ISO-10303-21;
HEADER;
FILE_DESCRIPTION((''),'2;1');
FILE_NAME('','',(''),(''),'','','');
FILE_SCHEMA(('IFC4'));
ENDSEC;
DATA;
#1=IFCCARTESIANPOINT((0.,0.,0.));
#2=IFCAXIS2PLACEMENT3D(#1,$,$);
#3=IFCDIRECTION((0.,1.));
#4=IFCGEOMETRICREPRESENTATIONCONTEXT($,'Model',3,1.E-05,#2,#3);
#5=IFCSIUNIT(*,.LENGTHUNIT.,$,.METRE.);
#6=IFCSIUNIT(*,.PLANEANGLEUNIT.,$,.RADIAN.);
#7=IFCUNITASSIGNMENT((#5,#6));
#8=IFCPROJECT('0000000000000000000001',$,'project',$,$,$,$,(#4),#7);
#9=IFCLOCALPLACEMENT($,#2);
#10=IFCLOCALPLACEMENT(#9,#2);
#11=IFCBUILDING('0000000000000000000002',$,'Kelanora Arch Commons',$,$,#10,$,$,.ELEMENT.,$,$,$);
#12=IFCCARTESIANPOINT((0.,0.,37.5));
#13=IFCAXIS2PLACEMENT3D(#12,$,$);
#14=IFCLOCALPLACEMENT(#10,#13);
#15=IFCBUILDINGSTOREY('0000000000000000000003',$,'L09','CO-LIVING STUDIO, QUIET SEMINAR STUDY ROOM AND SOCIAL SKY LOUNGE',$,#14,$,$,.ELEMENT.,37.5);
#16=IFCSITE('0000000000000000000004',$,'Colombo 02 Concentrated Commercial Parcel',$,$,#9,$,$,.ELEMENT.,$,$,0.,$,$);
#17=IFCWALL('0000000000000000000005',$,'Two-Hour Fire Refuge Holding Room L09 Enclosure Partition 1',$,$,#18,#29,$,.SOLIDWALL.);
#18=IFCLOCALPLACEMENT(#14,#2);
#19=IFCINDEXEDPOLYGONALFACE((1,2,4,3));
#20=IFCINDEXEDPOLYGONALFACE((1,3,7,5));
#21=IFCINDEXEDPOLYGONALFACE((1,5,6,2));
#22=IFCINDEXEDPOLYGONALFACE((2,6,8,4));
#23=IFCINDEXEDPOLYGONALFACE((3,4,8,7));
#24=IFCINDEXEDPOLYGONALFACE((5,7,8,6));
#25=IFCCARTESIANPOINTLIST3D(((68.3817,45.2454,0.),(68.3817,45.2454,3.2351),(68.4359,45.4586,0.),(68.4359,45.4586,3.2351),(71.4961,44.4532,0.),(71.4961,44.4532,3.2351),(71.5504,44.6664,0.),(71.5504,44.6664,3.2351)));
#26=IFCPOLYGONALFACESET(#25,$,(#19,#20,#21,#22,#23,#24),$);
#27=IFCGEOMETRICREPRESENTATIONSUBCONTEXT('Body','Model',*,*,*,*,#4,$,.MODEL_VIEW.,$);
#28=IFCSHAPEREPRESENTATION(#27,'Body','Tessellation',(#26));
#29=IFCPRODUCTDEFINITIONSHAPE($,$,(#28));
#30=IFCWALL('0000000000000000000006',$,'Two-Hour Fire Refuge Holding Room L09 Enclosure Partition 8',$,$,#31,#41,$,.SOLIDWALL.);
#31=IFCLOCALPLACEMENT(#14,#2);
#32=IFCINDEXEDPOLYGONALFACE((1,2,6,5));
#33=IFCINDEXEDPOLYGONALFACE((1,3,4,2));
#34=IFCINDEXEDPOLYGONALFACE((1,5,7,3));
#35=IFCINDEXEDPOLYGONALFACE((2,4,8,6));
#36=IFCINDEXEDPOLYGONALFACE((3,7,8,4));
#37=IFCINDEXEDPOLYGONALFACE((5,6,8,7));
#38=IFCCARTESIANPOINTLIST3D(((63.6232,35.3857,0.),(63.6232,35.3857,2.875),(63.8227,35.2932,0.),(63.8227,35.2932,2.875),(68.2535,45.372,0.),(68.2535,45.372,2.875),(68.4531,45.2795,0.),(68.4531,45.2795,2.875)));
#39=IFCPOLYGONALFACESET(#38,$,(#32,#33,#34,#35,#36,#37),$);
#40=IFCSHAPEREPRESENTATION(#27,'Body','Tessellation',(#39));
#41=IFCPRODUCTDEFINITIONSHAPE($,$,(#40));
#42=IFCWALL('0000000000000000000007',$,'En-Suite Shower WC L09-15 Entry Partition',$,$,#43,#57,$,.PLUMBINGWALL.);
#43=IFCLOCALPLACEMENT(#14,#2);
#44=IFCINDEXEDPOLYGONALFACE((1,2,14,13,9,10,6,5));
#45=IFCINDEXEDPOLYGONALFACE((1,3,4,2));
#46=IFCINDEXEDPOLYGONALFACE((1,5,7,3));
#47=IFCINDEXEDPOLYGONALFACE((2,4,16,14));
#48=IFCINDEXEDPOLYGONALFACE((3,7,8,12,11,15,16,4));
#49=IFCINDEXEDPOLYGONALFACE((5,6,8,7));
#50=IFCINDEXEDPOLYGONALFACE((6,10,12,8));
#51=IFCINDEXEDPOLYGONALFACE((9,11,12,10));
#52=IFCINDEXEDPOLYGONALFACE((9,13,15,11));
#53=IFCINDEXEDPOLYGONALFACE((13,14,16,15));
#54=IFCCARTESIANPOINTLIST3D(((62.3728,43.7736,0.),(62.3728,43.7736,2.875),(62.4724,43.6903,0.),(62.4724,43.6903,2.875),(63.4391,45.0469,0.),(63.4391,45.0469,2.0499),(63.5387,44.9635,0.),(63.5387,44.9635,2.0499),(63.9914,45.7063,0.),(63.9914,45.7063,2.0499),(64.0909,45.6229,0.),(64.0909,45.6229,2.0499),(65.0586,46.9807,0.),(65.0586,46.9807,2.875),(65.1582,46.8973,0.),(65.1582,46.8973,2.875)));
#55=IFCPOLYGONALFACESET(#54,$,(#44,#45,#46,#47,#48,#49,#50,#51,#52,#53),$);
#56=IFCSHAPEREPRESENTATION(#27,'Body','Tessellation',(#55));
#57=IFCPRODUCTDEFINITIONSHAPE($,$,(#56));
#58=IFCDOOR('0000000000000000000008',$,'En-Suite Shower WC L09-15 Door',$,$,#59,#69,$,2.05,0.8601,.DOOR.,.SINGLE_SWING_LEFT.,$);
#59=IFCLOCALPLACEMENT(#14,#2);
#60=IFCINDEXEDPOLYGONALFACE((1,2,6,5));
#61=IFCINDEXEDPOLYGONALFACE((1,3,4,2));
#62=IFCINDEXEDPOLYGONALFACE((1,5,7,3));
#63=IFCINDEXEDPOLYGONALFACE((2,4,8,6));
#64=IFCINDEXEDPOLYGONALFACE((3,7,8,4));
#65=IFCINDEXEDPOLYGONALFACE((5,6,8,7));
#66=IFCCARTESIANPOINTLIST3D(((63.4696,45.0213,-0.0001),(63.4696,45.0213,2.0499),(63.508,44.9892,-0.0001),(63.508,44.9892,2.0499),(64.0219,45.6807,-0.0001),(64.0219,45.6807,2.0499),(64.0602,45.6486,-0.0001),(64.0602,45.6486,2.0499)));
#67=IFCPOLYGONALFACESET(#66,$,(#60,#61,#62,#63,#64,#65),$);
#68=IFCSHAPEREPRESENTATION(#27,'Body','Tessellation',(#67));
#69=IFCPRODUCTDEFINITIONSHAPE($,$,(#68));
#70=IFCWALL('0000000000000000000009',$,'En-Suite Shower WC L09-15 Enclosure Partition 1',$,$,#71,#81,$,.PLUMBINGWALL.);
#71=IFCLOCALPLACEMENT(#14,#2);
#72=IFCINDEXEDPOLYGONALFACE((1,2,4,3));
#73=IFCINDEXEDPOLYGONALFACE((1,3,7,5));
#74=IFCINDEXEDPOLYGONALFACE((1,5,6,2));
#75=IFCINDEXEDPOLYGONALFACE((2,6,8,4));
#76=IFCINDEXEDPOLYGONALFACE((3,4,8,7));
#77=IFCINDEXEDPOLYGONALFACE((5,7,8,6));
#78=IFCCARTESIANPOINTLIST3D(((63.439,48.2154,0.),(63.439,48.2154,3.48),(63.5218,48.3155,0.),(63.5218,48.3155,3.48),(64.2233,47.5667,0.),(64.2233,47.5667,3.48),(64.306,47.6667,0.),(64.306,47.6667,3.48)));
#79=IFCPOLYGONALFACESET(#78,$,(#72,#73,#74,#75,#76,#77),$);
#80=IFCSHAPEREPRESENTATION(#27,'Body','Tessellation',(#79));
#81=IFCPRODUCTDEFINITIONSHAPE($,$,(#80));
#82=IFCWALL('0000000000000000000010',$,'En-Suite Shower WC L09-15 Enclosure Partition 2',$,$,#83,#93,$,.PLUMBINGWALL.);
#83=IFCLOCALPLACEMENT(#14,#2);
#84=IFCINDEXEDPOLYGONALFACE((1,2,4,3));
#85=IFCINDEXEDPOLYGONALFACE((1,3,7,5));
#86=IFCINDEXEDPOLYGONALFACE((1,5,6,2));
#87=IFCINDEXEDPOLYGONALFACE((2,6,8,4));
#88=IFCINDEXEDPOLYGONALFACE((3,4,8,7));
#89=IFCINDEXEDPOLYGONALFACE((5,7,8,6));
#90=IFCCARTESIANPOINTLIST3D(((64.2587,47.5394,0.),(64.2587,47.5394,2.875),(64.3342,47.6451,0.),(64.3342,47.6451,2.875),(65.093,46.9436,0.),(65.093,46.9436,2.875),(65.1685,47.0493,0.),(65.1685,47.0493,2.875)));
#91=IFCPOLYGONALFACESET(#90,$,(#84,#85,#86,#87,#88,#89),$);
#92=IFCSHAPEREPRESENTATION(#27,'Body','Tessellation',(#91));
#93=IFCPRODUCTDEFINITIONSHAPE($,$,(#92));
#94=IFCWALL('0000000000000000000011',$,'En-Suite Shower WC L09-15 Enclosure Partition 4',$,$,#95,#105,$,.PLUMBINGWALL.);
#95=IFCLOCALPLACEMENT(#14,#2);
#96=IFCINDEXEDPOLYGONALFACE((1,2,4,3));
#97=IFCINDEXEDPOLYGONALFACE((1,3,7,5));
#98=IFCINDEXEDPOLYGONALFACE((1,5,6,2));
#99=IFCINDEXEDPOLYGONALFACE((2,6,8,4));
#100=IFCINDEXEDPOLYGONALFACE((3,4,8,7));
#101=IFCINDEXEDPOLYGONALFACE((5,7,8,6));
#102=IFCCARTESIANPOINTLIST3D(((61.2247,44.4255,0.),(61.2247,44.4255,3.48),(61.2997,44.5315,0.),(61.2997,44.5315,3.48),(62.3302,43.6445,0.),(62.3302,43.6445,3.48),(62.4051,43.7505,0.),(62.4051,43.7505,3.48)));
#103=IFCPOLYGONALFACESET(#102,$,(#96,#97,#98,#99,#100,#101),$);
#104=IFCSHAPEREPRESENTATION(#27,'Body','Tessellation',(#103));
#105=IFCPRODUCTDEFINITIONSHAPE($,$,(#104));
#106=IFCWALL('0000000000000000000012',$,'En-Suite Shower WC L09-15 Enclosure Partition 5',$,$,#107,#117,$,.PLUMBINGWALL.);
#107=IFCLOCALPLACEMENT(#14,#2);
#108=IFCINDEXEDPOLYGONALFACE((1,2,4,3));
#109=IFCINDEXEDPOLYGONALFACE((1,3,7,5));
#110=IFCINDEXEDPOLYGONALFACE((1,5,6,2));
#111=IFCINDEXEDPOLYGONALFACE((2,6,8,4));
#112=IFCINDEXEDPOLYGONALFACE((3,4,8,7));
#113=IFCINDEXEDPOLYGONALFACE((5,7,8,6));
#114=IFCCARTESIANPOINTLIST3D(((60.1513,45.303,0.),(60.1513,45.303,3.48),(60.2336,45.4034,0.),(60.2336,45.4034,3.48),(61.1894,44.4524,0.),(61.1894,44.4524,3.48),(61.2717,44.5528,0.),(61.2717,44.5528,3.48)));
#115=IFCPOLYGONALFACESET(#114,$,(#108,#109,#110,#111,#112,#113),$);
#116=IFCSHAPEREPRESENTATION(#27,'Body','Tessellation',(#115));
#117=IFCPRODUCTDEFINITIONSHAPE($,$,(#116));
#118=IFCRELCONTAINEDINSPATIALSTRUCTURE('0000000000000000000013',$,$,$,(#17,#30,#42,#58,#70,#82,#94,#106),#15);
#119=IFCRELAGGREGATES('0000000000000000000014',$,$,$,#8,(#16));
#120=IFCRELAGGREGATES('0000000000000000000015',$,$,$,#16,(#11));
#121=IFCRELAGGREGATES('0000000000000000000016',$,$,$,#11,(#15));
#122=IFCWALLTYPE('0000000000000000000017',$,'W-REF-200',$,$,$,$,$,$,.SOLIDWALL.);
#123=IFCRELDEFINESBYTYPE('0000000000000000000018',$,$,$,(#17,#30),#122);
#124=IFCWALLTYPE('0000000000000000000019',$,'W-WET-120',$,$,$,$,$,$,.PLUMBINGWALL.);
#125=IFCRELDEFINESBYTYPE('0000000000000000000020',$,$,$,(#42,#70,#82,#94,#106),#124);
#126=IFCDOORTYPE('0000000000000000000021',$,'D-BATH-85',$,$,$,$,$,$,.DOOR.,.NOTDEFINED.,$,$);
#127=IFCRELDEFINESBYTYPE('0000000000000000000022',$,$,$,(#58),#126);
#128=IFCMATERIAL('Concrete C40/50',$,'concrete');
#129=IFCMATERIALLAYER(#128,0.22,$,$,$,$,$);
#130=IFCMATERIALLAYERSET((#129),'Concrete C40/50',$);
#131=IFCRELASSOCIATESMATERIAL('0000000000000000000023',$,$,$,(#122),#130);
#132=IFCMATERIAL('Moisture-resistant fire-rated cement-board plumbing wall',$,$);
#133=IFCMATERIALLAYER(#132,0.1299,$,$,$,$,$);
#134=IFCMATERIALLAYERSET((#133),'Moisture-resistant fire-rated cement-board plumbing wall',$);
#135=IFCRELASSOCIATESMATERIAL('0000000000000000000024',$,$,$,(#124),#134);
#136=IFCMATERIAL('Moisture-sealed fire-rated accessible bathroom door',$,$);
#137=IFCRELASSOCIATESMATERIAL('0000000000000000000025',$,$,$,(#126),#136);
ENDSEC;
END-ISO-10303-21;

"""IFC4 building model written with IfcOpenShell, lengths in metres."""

from ifc_helpers import new_model, si_unit, direction, frame, frame_2d, origin, place, context, subcontext, project, spatial, rectangle, extrude, material, layer, layer_set, type_object, element, fill, save


model = new_model("IFC4")

# Units and contexts
model_context = context("Model", 3, precision=1e-05, world=origin(), true_north=direction((0.0, 1.0)))
body_context = subcontext(model_context, "Body", "Model", "MODEL_VIEW")
ifc_project = project(units=[si_unit("LENGTHUNIT", "METRE"), si_unit("PLANEANGLEUNIT", "RADIAN")], contexts=[model_context])

# Site, building, storey
site_placement = place(None, origin())
site = spatial("IfcSite", under=ifc_project, at=site_placement, Name="Colombo 02 Concentrated Commercial Parcel", CompositionType="ELEMENT", RefElevation=0.0)
building_placement = place(site_placement, origin())
building = spatial("IfcBuilding", under=site, at=building_placement, Name="Kelanora Arch Commons", CompositionType="ELEMENT")
storey_placement = place(building_placement, frame((0.0, 0.0, 37.5)))
storey = spatial("IfcBuildingStorey", under=building, at=storey_placement, Name="L09", Description="CO-LIVING STUDIO, QUIET SEMINAR STUDY ROOM AND SOCIAL SKY LOUNGE", CompositionType="ELEMENT", Elevation=37.5)

# Shared definitions
ifc_material_1 = material(Name="Concrete C40/50", Category="concrete")
ifc_layer_1 = layer(ifc_material_1, 0.22)
ifc_layer_set_1 = layer_set([ifc_layer_1], Name="Concrete C40/50")
wall_type_1 = type_object("IfcWallType", Name="W-REF-200", PredefinedType="SOLIDWALL", material=ifc_layer_set_1)

# Walls
wall_1_placement = place(storey_placement, frame((68.4087, 45.3521, 0.0), z_axis=(0.0, 0.0, 1.0), x_axis=(0.969138, -0.24652, 0.0)))
element("IfcWall", 1, at=wall_1_placement, inside=storey, type_object=wall_type_1, Name="Two-Hour Fire Refuge Holding Room L09 Enclosure Partition 1", PredefinedType="SOLIDWALL", context=body_context, shape_type="SweptSolid", body=[
    extrude(rectangle(XDim=3.2136, YDim=0.22, at=frame_2d((1.6069, 0.0))), origin(), (0.0, 0.0, 1.0), 3.2351),
])
wall_2_placement = place(storey_placement, frame((63.7229, 35.3394, 0.0), z_axis=(0.0, 0.0, 1.0), x_axis=(0.420652, 0.907222, 0.0)))
element("IfcWall", 2, at=wall_2_placement, inside=storey, type_object=wall_type_1, Name="Two-Hour Fire Refuge Holding Room L09 Enclosure Partition 8", PredefinedType="SOLIDWALL", context=body_context, shape_type="SweptSolid", body=[
    extrude(rectangle(XDim=11.0076, YDim=0.22, at=frame_2d((5.5039, 0.0))), origin(), (0.0, 0.0, 1.0), 2.875),
])

# Wall, opening, door
ifc_material_2 = material(Name="Moisture-resistant fire-rated cement-board plumbing wall")
ifc_layer_2 = layer(ifc_material_2, 0.1299)
ifc_layer_set_2 = layer_set([ifc_layer_2], Name="Moisture-resistant fire-rated cement-board plumbing wall")
wall_type_2 = type_object("IfcWallType", Name="W-WET-120", PredefinedType="PLUMBINGWALL", material=ifc_layer_set_2)
wall_3_placement = place(storey_placement, frame((65.1084, 46.939, 0.0), z_axis=(0.0, 0.0, 1.0), x_axis=(-0.642054, -0.766659, 0.0)))
wall_3 = element("IfcWall", 3, at=wall_3_placement, inside=storey, type_object=wall_type_2, Name="En-Suite Shower WC L09-15 Entry Partition", PredefinedType="PLUMBINGWALL", context=body_context, shape_type="SweptSolid", body=[
    extrude(rectangle(XDim=4.1831, YDim=0.1299, at=frame_2d((2.0916, 0.0))), origin(), (0.0, 0.0, 1.0), 2.875),
])
opening_1_placement = place(wall_3_placement, frame((1.6621, 0.0, 0.0)))
opening_1 = element("IfcOpeningElement", 4, at=opening_1_placement, cuts=wall_3, PredefinedType="OPENING", context=body_context, shape_type="SweptSolid", body=[
    extrude(rectangle(XDim=0.8601, YDim=2.05, at=frame_2d((0.4302, 1.0249))), frame((0.0, 0.075, 0.0), z_axis=(0.0, -1.0, 0.0), x_axis=(1.0, 0.0, 0.0)), (0.0, 0.0, 1.0), 0.1499),
])
ifc_material_3 = material(Name="Moisture-sealed fire-rated accessible bathroom door")
door_type_1 = type_object("IfcDoorType", Name="D-BATH-85", OperationType="NOTDEFINED", PredefinedType="DOOR", material=ifc_material_3)
door_1_placement = place(opening_1_placement, origin())
door_1 = element("IfcDoor", 5, at=door_1_placement, inside=storey, type_object=door_type_1, Name="En-Suite Shower WC L09-15 Door", OperationType="SINGLE_SWING_LEFT", OverallHeight=2.05, OverallWidth=0.8601, PredefinedType="DOOR", context=body_context, shape_type="SweptSolid", body=[
    extrude(rectangle(XDim=0.8601, YDim=2.05, at=frame_2d((0.4302, 1.0249))), frame((0.0, 0.0249, 0.0), z_axis=(0.0, -1.0, 0.0), x_axis=(1.0, 0.0, 0.0)), (0.0, 0.0, 1.0), 0.05),
])
fill(opening_1, door_1)

# Walls
wall_4_placement = place(storey_placement, frame((63.4805, 48.2654, 0.0), z_axis=(0.0, 0.0, 1.0), x_axis=(0.770537, -0.637396, 0.0)))
element("IfcWall", 6, at=wall_4_placement, inside=storey, type_object=wall_type_2, Name="En-Suite Shower WC L09-15 Enclosure Partition 1", PredefinedType="PLUMBINGWALL", context=body_context, shape_type="SweptSolid", body=[
    extrude(rectangle(XDim=1.0178, YDim=0.1299, at=frame_2d((0.5088, 0.0))), origin(), (0.0, 0.0, 1.0), 3.48),
])
wall_5_placement = place(storey_placement, frame((64.2964, 47.5923, 0.0), z_axis=(0.0, 0.0, 1.0), x_axis=(0.813814, -0.581126, 0.0)))
element("IfcWall", 7, at=wall_5_placement, inside=storey, type_object=wall_type_2, Name="En-Suite Shower WC L09-15 Enclosure Partition 2", PredefinedType="PLUMBINGWALL", context=body_context, shape_type="SweptSolid", body=[
    extrude(rectangle(XDim=1.0251, YDim=0.1299, at=frame_2d((0.5127, 0.0))), origin(), (0.0, 0.0, 1.0), 2.875),
])
wall_6_placement = place(storey_placement, frame((62.3677, 43.6975, 0.0), z_axis=(0.0, 0.0, 1.0), x_axis=(-0.816733, 0.577016, 0.0)))
element("IfcWall", 8, at=wall_6_placement, inside=storey, type_object=wall_type_2, Name="En-Suite Shower WC L09-15 Enclosure Partition 4", PredefinedType="PLUMBINGWALL", context=body_context, shape_type="SweptSolid", body=[
    extrude(rectangle(XDim=1.3535, YDim=0.1299, at=frame_2d((0.6768, 0.0))), origin(), (0.0, 0.0, 1.0), 3.48),
])
wall_7_placement = place(storey_placement, frame((61.2305, 44.5027, 0.0), z_axis=(0.0, 0.0, 1.0), x_axis=(-0.773503, 0.633792, 0.0)))
element("IfcWall", 9, at=wall_7_placement, inside=storey, type_object=wall_type_2, Name="En-Suite Shower WC L09-15 Enclosure Partition 5", PredefinedType="PLUMBINGWALL", context=body_context, shape_type="SweptSolid", body=[
    extrude(rectangle(XDim=1.342, YDim=0.1299, at=frame_2d((0.6709, 0.0))), origin(), (0.0, 0.0, 1.0), 3.48),
])

save(model, "model.ifc")
